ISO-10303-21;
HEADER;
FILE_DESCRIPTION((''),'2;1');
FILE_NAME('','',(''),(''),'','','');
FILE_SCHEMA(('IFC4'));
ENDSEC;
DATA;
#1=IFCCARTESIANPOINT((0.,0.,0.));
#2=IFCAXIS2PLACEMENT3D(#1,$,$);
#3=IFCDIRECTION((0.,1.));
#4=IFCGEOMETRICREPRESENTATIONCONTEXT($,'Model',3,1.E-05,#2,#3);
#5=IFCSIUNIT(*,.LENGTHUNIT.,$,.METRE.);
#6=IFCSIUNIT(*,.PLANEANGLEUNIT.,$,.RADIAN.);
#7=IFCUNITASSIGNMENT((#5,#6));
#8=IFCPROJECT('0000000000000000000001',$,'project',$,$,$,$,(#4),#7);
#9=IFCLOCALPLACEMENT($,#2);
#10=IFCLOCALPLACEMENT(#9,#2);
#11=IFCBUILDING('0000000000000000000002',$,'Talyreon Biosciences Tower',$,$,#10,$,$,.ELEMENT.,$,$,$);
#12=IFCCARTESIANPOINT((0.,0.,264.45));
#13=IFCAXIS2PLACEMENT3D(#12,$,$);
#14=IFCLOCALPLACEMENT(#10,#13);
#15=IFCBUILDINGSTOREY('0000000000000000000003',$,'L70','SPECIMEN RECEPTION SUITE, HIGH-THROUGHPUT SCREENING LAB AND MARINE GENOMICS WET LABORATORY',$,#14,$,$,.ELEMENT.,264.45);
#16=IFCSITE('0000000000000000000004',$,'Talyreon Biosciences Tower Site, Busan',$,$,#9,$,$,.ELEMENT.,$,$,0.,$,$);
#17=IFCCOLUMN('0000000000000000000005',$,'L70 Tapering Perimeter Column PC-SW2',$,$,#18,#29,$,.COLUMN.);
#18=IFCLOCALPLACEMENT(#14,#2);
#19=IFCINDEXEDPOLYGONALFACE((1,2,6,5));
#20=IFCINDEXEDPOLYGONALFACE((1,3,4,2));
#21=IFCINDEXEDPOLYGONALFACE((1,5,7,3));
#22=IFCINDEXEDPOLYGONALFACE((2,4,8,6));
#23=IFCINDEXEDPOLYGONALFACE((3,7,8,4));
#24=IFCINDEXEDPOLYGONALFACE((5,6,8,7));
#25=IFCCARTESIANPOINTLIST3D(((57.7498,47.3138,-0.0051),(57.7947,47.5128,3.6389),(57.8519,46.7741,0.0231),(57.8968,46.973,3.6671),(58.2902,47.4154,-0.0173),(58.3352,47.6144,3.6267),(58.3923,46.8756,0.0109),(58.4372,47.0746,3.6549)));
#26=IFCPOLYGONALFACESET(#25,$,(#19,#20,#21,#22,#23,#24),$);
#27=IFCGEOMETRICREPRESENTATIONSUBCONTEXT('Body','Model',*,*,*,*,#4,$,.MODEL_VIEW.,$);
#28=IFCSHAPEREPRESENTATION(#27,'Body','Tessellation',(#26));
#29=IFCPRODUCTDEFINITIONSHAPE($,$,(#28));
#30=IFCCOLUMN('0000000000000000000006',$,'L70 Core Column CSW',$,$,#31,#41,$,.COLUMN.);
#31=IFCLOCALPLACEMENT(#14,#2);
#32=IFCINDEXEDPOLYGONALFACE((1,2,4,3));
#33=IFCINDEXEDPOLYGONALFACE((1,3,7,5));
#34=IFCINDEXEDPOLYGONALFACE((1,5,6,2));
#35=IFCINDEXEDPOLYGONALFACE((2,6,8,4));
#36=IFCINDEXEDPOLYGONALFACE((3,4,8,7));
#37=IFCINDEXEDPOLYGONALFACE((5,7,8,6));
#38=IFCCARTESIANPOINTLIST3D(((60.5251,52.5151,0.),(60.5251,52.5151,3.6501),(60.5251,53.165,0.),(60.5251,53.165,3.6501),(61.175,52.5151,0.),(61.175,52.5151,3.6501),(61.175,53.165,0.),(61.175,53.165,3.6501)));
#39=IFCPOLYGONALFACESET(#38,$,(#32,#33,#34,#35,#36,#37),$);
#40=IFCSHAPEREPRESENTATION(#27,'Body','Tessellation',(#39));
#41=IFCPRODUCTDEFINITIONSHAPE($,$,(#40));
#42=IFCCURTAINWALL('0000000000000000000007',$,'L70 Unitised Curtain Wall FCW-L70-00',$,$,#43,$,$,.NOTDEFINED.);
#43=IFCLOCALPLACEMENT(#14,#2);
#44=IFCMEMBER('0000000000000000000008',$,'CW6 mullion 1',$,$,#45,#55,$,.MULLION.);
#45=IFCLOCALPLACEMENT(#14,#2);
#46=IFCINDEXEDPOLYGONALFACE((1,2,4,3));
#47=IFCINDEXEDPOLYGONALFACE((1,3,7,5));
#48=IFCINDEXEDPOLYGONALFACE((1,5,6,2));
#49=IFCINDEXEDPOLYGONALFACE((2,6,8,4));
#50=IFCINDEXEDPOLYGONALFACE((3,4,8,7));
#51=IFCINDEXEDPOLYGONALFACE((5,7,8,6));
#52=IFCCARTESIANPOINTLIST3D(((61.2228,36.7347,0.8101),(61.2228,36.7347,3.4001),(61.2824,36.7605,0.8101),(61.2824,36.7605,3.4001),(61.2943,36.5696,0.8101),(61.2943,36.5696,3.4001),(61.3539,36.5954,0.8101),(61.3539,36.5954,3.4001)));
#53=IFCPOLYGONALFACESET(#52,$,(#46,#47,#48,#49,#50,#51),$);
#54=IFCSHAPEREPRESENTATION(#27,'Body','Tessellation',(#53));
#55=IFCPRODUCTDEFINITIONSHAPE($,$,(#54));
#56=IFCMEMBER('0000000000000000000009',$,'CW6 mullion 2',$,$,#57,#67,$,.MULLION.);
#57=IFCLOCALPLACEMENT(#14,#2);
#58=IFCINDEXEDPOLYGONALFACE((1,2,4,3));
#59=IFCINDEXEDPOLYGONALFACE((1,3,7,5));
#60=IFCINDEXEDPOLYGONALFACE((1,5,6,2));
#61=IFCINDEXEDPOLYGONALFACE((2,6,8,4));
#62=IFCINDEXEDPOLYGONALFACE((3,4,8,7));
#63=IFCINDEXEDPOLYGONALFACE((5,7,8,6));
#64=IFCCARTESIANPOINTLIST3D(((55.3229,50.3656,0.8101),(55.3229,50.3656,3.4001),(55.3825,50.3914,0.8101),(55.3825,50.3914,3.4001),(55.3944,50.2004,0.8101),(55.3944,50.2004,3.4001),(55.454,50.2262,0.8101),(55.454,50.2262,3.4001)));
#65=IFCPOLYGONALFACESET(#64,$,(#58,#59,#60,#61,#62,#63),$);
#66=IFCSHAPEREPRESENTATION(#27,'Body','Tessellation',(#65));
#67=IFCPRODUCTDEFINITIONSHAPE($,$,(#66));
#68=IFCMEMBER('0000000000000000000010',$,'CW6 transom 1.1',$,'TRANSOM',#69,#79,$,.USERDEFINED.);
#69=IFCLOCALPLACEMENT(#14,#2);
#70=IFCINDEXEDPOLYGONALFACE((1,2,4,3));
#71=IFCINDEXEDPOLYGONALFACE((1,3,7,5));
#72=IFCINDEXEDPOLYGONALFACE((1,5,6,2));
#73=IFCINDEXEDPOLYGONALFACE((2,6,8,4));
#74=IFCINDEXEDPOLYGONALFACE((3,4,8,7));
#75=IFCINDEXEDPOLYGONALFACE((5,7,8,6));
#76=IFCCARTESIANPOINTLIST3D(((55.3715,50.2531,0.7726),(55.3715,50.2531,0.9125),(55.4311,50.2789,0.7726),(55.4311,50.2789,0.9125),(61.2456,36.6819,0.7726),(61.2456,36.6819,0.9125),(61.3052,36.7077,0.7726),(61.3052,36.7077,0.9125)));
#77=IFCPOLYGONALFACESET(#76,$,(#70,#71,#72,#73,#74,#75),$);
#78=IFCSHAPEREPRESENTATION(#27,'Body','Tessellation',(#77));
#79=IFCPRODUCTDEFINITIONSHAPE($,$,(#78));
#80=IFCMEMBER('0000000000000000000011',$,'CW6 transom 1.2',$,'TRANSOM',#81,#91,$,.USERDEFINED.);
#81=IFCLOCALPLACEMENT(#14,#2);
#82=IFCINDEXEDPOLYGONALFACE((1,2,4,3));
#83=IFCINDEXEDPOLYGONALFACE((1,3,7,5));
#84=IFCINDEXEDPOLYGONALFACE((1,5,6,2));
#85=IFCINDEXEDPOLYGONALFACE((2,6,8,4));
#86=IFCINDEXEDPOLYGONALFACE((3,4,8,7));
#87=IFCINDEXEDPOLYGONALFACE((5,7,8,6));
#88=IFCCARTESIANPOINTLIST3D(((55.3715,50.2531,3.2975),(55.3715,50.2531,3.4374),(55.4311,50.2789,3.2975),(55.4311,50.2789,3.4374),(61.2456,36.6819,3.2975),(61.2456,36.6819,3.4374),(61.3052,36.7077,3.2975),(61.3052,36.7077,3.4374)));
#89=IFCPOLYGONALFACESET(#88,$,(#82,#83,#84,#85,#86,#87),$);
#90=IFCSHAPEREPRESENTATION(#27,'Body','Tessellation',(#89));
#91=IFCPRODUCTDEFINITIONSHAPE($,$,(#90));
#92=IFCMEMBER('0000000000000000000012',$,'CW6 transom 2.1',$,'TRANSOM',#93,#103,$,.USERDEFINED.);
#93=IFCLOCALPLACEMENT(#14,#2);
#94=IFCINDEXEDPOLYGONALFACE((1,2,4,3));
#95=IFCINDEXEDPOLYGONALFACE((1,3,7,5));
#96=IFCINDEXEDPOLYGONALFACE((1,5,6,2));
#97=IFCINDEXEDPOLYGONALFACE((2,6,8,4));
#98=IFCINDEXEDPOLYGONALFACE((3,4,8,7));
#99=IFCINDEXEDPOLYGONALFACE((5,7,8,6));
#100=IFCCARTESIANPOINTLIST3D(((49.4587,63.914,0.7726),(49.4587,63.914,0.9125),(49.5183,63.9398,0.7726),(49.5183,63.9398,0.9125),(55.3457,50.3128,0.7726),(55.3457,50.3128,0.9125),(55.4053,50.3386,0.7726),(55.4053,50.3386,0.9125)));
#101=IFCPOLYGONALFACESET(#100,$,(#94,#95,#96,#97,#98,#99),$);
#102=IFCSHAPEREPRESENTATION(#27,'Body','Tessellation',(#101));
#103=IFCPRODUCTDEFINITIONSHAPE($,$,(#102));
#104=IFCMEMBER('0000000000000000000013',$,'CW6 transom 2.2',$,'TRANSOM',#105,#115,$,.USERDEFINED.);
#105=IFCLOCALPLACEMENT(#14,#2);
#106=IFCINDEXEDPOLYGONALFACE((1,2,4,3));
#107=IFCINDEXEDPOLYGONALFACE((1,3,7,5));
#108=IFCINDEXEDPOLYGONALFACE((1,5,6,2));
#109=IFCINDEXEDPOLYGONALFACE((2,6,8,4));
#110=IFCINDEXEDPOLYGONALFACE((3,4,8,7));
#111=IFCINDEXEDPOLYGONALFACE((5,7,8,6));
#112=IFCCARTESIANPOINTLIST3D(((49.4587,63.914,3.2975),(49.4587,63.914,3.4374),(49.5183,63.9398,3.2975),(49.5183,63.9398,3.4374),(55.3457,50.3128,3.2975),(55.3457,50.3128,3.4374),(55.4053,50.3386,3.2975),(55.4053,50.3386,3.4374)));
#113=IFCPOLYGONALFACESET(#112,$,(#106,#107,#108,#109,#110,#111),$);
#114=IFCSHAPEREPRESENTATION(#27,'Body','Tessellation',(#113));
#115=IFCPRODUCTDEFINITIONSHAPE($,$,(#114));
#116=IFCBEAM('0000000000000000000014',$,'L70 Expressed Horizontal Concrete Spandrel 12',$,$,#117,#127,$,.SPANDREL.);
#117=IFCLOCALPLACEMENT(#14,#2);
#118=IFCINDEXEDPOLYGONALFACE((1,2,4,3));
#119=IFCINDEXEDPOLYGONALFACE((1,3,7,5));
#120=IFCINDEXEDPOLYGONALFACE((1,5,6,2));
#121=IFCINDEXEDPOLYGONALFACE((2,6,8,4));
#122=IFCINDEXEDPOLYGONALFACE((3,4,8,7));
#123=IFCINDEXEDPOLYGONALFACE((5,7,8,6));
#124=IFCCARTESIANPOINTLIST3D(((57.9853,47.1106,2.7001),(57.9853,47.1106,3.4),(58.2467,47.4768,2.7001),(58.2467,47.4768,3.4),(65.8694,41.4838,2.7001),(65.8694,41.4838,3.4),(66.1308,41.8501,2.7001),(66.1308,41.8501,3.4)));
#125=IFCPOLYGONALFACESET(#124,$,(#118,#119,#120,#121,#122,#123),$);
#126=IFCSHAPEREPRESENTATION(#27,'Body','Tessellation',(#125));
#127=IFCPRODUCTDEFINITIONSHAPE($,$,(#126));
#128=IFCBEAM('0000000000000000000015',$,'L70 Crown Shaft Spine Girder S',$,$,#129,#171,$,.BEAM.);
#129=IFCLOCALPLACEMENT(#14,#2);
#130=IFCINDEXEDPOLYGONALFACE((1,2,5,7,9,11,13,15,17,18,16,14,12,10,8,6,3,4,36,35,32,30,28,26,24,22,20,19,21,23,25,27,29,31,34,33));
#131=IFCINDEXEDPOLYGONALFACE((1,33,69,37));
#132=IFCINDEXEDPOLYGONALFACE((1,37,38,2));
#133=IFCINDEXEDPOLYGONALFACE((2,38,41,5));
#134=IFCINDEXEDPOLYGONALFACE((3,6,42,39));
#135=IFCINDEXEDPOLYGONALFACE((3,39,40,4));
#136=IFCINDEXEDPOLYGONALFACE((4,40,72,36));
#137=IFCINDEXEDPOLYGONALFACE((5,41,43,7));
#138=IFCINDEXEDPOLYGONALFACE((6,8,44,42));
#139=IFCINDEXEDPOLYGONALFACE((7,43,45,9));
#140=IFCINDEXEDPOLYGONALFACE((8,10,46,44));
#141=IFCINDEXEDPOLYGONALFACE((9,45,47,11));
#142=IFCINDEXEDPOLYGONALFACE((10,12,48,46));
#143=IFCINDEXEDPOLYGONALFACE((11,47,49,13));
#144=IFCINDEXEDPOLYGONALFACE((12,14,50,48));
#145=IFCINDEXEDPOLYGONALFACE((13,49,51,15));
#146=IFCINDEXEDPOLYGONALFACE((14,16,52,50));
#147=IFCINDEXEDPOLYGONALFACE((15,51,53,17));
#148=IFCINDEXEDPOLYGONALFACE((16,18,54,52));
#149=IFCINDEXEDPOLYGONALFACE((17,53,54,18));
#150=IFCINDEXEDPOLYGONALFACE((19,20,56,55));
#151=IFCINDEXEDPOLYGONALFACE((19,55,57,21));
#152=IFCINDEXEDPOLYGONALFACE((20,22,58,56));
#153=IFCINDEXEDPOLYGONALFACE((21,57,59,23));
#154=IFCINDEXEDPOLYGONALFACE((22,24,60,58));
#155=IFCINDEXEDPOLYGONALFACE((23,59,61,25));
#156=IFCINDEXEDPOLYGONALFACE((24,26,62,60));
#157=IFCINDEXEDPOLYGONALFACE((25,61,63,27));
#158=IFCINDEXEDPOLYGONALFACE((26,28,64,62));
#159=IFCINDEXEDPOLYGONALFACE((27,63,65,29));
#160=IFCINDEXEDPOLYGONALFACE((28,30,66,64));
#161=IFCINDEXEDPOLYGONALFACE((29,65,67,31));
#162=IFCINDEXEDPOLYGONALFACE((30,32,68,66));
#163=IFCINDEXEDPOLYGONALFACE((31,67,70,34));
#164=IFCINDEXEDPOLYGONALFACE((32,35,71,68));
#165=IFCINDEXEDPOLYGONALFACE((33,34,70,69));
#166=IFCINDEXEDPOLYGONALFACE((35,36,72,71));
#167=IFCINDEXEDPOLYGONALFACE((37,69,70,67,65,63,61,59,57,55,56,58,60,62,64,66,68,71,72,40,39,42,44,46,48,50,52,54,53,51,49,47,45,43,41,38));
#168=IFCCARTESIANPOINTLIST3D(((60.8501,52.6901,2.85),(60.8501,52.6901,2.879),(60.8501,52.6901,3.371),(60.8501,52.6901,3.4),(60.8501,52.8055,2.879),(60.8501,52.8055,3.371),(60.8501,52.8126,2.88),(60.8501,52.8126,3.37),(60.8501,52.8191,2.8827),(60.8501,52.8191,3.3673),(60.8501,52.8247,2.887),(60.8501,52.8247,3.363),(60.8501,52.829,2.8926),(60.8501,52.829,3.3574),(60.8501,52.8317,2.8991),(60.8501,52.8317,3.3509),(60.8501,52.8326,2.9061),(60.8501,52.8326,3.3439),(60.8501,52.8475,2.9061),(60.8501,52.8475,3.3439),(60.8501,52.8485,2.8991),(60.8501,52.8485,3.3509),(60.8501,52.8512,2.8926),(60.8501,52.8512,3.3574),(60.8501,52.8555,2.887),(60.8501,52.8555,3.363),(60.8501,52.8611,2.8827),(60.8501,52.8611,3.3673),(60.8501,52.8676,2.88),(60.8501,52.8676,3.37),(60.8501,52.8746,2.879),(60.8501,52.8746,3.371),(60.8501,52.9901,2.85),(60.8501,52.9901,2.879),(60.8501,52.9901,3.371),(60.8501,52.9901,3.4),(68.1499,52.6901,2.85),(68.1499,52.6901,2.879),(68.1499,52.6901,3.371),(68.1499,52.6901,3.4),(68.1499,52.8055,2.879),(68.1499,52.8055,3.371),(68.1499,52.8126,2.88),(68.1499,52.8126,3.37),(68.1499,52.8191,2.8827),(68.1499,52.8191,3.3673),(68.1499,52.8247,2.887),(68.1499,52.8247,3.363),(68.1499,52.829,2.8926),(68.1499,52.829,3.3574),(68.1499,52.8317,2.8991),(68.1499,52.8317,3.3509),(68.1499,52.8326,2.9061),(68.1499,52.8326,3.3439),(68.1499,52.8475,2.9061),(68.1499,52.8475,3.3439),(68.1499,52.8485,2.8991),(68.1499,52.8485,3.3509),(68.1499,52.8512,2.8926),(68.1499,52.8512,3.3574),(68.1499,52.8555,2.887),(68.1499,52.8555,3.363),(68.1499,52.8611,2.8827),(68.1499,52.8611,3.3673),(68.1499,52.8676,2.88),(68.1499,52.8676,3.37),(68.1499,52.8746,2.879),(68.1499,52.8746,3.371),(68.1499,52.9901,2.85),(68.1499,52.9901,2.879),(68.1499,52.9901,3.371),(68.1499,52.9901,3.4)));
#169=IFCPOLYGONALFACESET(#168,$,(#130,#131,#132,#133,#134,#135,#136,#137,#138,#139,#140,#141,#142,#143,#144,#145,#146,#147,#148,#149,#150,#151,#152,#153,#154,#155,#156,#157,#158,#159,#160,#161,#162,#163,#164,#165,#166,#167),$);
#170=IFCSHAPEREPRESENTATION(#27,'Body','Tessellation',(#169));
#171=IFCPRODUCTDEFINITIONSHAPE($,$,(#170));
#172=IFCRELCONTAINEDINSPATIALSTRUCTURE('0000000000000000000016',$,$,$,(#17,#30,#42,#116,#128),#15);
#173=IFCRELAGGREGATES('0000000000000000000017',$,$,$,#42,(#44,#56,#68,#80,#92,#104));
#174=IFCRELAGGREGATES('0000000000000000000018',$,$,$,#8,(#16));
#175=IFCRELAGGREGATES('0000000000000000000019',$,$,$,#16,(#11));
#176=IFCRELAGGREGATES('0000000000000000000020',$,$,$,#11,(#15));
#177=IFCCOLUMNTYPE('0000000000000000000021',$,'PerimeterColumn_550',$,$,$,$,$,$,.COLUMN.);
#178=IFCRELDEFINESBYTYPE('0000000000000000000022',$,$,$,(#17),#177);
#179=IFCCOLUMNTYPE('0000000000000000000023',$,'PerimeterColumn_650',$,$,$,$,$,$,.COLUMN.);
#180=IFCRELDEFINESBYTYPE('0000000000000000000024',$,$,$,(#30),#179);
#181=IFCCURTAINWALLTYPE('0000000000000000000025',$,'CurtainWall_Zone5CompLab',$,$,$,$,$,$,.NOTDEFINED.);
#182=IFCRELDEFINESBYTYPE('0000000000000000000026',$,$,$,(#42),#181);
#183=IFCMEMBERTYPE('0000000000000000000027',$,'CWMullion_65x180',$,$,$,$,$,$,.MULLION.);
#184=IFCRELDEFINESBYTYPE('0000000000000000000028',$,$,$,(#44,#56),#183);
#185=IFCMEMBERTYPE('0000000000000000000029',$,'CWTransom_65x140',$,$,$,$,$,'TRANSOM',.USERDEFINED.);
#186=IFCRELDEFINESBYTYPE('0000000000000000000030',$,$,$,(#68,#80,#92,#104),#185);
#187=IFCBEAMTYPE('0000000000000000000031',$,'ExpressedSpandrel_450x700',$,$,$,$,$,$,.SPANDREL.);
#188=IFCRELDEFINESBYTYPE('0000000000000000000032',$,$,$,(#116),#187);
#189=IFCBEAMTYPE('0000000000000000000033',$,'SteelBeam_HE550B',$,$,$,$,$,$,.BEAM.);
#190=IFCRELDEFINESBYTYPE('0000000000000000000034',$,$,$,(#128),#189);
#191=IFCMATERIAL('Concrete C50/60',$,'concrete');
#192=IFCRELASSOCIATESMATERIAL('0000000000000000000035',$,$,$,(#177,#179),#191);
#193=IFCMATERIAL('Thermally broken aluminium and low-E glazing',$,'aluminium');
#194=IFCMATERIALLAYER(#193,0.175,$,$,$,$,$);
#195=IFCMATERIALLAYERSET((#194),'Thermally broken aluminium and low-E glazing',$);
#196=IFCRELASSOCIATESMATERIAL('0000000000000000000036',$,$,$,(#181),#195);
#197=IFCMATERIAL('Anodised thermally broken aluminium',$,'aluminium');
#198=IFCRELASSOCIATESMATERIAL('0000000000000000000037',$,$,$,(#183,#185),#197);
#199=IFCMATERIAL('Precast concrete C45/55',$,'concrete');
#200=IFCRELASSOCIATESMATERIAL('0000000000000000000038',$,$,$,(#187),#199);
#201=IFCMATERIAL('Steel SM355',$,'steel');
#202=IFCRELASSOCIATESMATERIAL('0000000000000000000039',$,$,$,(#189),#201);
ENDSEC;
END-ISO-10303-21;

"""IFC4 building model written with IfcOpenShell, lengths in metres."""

from ifc_helpers import new_model, si_unit, direction, frame, origin, origin_2d, place, context, subcontext, project, spatial, rectangle, i_section, extrude, material, layer, layer_set, material_profile, profile_set, type_object, element, aggregate, save


model = new_model("IFC4")

# Units and contexts
model_context = context("Model", 3, precision=1e-05, world=origin(), true_north=direction((0.0, 1.0)))
body_context = subcontext(model_context, "Body", "Model", "MODEL_VIEW")
ifc_project = project(units=[si_unit("LENGTHUNIT", "METRE"), si_unit("PLANEANGLEUNIT", "RADIAN")], contexts=[model_context])

# Site, building, storey
site_placement = place(None, origin())
site = spatial("IfcSite", under=ifc_project, at=site_placement, Name="Talyreon Biosciences Tower Site, Busan", CompositionType="ELEMENT", RefElevation=0.0)
building_placement = place(site_placement, origin())
building = spatial("IfcBuilding", under=site, at=building_placement, Name="Talyreon Biosciences Tower", CompositionType="ELEMENT")
storey_placement = place(building_placement, frame((0.0, 0.0, 264.45)))
storey = spatial("IfcBuildingStorey", under=building, at=storey_placement, Name="L70", Description="SPECIMEN RECEPTION SUITE, HIGH-THROUGHPUT SCREENING LAB AND MARINE GENOMICS WET LABORATORY", CompositionType="ELEMENT", Elevation=264.45)

# Columns
ifc_material_1 = material(Name="Concrete C50/60", Category="concrete")
ifc_material_profile_1 = material_profile(ifc_material_1, rectangle(XDim=0.55, YDim=0.55, at=origin_2d()), Name="RC 550x550")
ifc_profile_set_1 = profile_set([ifc_material_profile_1], Name="Concrete C50/60")
column_type_1 = type_object("IfcColumnType", Name="PerimeterColumn_550", PredefinedType="COLUMN", material=ifc_profile_set_1)
column_1_placement = place(storey_placement, frame((58.071, 47.0947, 0.0029), z_axis=(0.012308, 0.054517, 0.998437), x_axis=(-0.185568, 0.981292, -0.051294)))
element("IfcColumn", 1, at=column_1_placement, inside=storey, type_object=column_type_1, Name="L70 Tapering Perimeter Column PC-SW2", PredefinedType="COLUMN", context=body_context, shape_type="SweptSolid", body=[
    extrude(rectangle(XDim=0.55, YDim=0.55, at=origin_2d()), origin(), (0.0, 0.0, 1.0), 3.6497),
])
ifc_material_profile_2 = material_profile(ifc_material_1, rectangle(XDim=0.6499, YDim=0.6499, at=origin_2d()), Name="RC 650x650")
ifc_profile_set_2 = profile_set([ifc_material_profile_2], Name="Concrete C50/60")
column_type_2 = type_object("IfcColumnType", Name="PerimeterColumn_650", PredefinedType="COLUMN", material=ifc_profile_set_2)
column_2_placement = place(storey_placement, frame((60.8501, 52.8401, 0.0), z_axis=(0.0, 0.0, 1.0), x_axis=(1.0, 0.0, 0.0)))
element("IfcColumn", 2, at=column_2_placement, inside=storey, type_object=column_type_2, Name="L70 Core Column CSW", PredefinedType="COLUMN", context=body_context, shape_type="SweptSolid", body=[
    extrude(rectangle(XDim=0.6499, YDim=0.6499, at=origin_2d()), origin(), (0.0, 0.0, 1.0), 3.6501),
])

# Curtain wall, members
ifc_material_2 = material(Name="Thermally broken aluminium and low-E glazing", Category="aluminium")
ifc_layer_1 = layer(ifc_material_2, 0.175)
ifc_layer_set_1 = layer_set([ifc_layer_1], Name="Thermally broken aluminium and low-E glazing")
curtain_wall_type = type_object("IfcCurtainWallType", Name="CurtainWall_Zone5CompLab", PredefinedType="NOTDEFINED", material=ifc_layer_set_1)
curtain_wall_placement = place(storey_placement, origin())
curtain_wall = element("IfcCurtainWall", 3, at=curtain_wall_placement, inside=storey, type_object=curtain_wall_type, Name="L70 Unitised Curtain Wall FCW-L70-00", PredefinedType="NOTDEFINED")
ifc_material_3 = material(Name="Anodised thermally broken aluminium", Category="aluminium")
ifc_material_profile_3 = material_profile(ifc_material_3, rectangle(XDim=0.0649, YDim=0.1799, at=origin_2d()), Name="ALUM MULLION 65x180")
ifc_profile_set_3 = profile_set([ifc_material_profile_3], Name="Anodised thermally broken aluminium")
member_type_1 = type_object("IfcMemberType", Name="CWMullion_65x180", PredefinedType="MULLION", material=ifc_profile_set_3)
member_1_placement = place(storey_placement, frame((61.2883, 36.665, 0.8101), z_axis=(0.0, 0.0, 1.0), x_axis=(-0.917723, -0.397221, 0.0)))
member_1 = element("IfcMember", 4, at=member_1_placement, type_object=member_type_1, Name="CW6 mullion 1", PredefinedType="MULLION", context=body_context, shape_type="SweptSolid", body=[
    extrude(rectangle(XDim=0.0649, YDim=0.1799, at=origin_2d()), origin(), (0.0, 0.0, 1.0), 2.5901),
])
member_2_placement = place(storey_placement, frame((55.3884, 50.2959, 0.8101), z_axis=(0.0, 0.0, 1.0), x_axis=(-0.917723, -0.397221, 0.0)))
member_2 = element("IfcMember", 5, at=member_2_placement, type_object=member_type_1, Name="CW6 mullion 2", PredefinedType="MULLION", context=body_context, shape_type="SweptSolid", body=[
    extrude(rectangle(XDim=0.0649, YDim=0.1799, at=origin_2d()), origin(), (0.0, 0.0, 1.0), 2.5901),
])
ifc_material_profile_4 = material_profile(ifc_material_3, rectangle(XDim=0.0649, YDim=0.1399, at=origin_2d()), Name="ALUM TRANSOM 65x140")
ifc_profile_set_4 = profile_set([ifc_material_profile_4], Name="Anodised thermally broken aluminium")
member_type_2 = type_object("IfcMemberType", Name="CWTransom_65x140", ElementType="TRANSOM", PredefinedType="USERDEFINED", material=ifc_profile_set_4)
member_3_placement = place(storey_placement, frame((61.2754, 36.6948, 0.8425), z_axis=(-0.397222, 0.917722, 0.0), x_axis=(-0.917722, -0.397222, 0.0)))
member_3 = element("IfcMember", 6, at=member_3_placement, type_object=member_type_2, Name="CW6 transom 1.1", ObjectType="TRANSOM", PredefinedType="USERDEFINED", context=body_context, shape_type="SweptSolid", body=[
    extrude(rectangle(XDim=0.0649, YDim=0.1399, at=origin_2d()), origin(), (0.0, 0.0, 1.0), 14.7878),
])
member_4_placement = place(storey_placement, frame((61.2754, 36.6948, 3.3674), z_axis=(-0.397222, 0.917722, 0.0), x_axis=(-0.917722, -0.397222, 0.0)))
member_4 = element("IfcMember", 7, at=member_4_placement, type_object=member_type_2, Name="CW6 transom 1.2", ObjectType="TRANSOM", PredefinedType="USERDEFINED", context=body_context, shape_type="SweptSolid", body=[
    extrude(rectangle(XDim=0.0649, YDim=0.1399, at=origin_2d()), origin(), (0.0, 0.0, 1.0), 14.7878),
])
member_5_placement = place(storey_placement, frame((55.3755, 50.3257, 0.8425), z_axis=(-0.397219, 0.917724, 0.0), x_axis=(-0.917724, -0.397219, 0.0)))
member_5 = element("IfcMember", 8, at=member_5_placement, type_object=member_type_2, Name="CW6 transom 2.1", ObjectType="TRANSOM", PredefinedType="USERDEFINED", context=body_context, shape_type="SweptSolid", body=[
    extrude(rectangle(XDim=0.0649, YDim=0.1399, at=origin_2d()), origin(), (0.0, 0.0, 1.0), 14.8206),
])
member_6_placement = place(storey_placement, frame((55.3755, 50.3257, 3.3674), z_axis=(-0.397219, 0.917724, 0.0), x_axis=(-0.917724, -0.397219, 0.0)))
member_6 = element("IfcMember", 9, at=member_6_placement, type_object=member_type_2, Name="CW6 transom 2.2", ObjectType="TRANSOM", PredefinedType="USERDEFINED", context=body_context, shape_type="SweptSolid", body=[
    extrude(rectangle(XDim=0.0649, YDim=0.1399, at=origin_2d()), origin(), (0.0, 0.0, 1.0), 14.8206),
])

# Beams
ifc_material_4 = material(Name="Precast concrete C45/55", Category="concrete")
ifc_material_profile_5 = material_profile(ifc_material_4, rectangle(XDim=0.45, YDim=0.7, at=origin_2d()), Name="RCB 450x700")
ifc_profile_set_5 = profile_set([ifc_material_profile_5], Name="Precast concrete C45/55")
beam_type_1 = type_object("IfcBeamType", Name="ExpressedSpandrel_450x700", PredefinedType="SPANDREL", material=ifc_profile_set_5)
beam_1_placement = place(storey_placement, frame((58.116, 47.2937, 3.05), z_axis=(0.813965, -0.580914, 0.0), x_axis=(0.580914, 0.813965, 0.0)))
element("IfcBeam", 10, at=beam_1_placement, inside=storey, type_object=beam_type_1, Name="L70 Expressed Horizontal Concrete Spandrel 12", PredefinedType="SPANDREL", context=body_context, shape_type="SweptSolid", body=[
    extrude(rectangle(XDim=0.45, YDim=0.7, at=origin_2d()), origin(), (0.0, 0.0, 1.0), 9.686),
])
ifc_material_5 = material(Name="Steel SM355", Category="steel")
ifc_material_profile_6 = material_profile(ifc_material_5, i_section(OverallWidth=0.3, OverallDepth=0.55, WebThickness=0.0149, FlangeThickness=0.0291, FilletRadius=0.0271, at=origin_2d()), Name="HE550B")
ifc_profile_set_6 = profile_set([ifc_material_profile_6], Name="Steel SM355")
beam_type_2 = type_object("IfcBeamType", Name="SteelBeam_HE550B", PredefinedType="BEAM", material=ifc_profile_set_6)
beam_2_placement = place(storey_placement, frame((60.8501, 52.8401, 3.125), z_axis=(1.0, 0.0, 0.0), x_axis=(0.0, 1.0, 0.0)))
element("IfcBeam", 11, at=beam_2_placement, inside=storey, type_object=beam_type_2, Name="L70 Crown Shaft Spine Girder S", PredefinedType="BEAM", context=body_context, shape_type="SweptSolid", body=[
    extrude(i_section(OverallWidth=0.3, OverallDepth=0.55, WebThickness=0.0149, FlangeThickness=0.0291, FilletRadius=0.0271, at=origin_2d()), origin(), (0.0, 0.0, 1.0), 7.2998),
])

aggregate(curtain_wall, [member_1, member_2, member_3, member_4, member_5, member_6])

save(model, "model.ifc")
